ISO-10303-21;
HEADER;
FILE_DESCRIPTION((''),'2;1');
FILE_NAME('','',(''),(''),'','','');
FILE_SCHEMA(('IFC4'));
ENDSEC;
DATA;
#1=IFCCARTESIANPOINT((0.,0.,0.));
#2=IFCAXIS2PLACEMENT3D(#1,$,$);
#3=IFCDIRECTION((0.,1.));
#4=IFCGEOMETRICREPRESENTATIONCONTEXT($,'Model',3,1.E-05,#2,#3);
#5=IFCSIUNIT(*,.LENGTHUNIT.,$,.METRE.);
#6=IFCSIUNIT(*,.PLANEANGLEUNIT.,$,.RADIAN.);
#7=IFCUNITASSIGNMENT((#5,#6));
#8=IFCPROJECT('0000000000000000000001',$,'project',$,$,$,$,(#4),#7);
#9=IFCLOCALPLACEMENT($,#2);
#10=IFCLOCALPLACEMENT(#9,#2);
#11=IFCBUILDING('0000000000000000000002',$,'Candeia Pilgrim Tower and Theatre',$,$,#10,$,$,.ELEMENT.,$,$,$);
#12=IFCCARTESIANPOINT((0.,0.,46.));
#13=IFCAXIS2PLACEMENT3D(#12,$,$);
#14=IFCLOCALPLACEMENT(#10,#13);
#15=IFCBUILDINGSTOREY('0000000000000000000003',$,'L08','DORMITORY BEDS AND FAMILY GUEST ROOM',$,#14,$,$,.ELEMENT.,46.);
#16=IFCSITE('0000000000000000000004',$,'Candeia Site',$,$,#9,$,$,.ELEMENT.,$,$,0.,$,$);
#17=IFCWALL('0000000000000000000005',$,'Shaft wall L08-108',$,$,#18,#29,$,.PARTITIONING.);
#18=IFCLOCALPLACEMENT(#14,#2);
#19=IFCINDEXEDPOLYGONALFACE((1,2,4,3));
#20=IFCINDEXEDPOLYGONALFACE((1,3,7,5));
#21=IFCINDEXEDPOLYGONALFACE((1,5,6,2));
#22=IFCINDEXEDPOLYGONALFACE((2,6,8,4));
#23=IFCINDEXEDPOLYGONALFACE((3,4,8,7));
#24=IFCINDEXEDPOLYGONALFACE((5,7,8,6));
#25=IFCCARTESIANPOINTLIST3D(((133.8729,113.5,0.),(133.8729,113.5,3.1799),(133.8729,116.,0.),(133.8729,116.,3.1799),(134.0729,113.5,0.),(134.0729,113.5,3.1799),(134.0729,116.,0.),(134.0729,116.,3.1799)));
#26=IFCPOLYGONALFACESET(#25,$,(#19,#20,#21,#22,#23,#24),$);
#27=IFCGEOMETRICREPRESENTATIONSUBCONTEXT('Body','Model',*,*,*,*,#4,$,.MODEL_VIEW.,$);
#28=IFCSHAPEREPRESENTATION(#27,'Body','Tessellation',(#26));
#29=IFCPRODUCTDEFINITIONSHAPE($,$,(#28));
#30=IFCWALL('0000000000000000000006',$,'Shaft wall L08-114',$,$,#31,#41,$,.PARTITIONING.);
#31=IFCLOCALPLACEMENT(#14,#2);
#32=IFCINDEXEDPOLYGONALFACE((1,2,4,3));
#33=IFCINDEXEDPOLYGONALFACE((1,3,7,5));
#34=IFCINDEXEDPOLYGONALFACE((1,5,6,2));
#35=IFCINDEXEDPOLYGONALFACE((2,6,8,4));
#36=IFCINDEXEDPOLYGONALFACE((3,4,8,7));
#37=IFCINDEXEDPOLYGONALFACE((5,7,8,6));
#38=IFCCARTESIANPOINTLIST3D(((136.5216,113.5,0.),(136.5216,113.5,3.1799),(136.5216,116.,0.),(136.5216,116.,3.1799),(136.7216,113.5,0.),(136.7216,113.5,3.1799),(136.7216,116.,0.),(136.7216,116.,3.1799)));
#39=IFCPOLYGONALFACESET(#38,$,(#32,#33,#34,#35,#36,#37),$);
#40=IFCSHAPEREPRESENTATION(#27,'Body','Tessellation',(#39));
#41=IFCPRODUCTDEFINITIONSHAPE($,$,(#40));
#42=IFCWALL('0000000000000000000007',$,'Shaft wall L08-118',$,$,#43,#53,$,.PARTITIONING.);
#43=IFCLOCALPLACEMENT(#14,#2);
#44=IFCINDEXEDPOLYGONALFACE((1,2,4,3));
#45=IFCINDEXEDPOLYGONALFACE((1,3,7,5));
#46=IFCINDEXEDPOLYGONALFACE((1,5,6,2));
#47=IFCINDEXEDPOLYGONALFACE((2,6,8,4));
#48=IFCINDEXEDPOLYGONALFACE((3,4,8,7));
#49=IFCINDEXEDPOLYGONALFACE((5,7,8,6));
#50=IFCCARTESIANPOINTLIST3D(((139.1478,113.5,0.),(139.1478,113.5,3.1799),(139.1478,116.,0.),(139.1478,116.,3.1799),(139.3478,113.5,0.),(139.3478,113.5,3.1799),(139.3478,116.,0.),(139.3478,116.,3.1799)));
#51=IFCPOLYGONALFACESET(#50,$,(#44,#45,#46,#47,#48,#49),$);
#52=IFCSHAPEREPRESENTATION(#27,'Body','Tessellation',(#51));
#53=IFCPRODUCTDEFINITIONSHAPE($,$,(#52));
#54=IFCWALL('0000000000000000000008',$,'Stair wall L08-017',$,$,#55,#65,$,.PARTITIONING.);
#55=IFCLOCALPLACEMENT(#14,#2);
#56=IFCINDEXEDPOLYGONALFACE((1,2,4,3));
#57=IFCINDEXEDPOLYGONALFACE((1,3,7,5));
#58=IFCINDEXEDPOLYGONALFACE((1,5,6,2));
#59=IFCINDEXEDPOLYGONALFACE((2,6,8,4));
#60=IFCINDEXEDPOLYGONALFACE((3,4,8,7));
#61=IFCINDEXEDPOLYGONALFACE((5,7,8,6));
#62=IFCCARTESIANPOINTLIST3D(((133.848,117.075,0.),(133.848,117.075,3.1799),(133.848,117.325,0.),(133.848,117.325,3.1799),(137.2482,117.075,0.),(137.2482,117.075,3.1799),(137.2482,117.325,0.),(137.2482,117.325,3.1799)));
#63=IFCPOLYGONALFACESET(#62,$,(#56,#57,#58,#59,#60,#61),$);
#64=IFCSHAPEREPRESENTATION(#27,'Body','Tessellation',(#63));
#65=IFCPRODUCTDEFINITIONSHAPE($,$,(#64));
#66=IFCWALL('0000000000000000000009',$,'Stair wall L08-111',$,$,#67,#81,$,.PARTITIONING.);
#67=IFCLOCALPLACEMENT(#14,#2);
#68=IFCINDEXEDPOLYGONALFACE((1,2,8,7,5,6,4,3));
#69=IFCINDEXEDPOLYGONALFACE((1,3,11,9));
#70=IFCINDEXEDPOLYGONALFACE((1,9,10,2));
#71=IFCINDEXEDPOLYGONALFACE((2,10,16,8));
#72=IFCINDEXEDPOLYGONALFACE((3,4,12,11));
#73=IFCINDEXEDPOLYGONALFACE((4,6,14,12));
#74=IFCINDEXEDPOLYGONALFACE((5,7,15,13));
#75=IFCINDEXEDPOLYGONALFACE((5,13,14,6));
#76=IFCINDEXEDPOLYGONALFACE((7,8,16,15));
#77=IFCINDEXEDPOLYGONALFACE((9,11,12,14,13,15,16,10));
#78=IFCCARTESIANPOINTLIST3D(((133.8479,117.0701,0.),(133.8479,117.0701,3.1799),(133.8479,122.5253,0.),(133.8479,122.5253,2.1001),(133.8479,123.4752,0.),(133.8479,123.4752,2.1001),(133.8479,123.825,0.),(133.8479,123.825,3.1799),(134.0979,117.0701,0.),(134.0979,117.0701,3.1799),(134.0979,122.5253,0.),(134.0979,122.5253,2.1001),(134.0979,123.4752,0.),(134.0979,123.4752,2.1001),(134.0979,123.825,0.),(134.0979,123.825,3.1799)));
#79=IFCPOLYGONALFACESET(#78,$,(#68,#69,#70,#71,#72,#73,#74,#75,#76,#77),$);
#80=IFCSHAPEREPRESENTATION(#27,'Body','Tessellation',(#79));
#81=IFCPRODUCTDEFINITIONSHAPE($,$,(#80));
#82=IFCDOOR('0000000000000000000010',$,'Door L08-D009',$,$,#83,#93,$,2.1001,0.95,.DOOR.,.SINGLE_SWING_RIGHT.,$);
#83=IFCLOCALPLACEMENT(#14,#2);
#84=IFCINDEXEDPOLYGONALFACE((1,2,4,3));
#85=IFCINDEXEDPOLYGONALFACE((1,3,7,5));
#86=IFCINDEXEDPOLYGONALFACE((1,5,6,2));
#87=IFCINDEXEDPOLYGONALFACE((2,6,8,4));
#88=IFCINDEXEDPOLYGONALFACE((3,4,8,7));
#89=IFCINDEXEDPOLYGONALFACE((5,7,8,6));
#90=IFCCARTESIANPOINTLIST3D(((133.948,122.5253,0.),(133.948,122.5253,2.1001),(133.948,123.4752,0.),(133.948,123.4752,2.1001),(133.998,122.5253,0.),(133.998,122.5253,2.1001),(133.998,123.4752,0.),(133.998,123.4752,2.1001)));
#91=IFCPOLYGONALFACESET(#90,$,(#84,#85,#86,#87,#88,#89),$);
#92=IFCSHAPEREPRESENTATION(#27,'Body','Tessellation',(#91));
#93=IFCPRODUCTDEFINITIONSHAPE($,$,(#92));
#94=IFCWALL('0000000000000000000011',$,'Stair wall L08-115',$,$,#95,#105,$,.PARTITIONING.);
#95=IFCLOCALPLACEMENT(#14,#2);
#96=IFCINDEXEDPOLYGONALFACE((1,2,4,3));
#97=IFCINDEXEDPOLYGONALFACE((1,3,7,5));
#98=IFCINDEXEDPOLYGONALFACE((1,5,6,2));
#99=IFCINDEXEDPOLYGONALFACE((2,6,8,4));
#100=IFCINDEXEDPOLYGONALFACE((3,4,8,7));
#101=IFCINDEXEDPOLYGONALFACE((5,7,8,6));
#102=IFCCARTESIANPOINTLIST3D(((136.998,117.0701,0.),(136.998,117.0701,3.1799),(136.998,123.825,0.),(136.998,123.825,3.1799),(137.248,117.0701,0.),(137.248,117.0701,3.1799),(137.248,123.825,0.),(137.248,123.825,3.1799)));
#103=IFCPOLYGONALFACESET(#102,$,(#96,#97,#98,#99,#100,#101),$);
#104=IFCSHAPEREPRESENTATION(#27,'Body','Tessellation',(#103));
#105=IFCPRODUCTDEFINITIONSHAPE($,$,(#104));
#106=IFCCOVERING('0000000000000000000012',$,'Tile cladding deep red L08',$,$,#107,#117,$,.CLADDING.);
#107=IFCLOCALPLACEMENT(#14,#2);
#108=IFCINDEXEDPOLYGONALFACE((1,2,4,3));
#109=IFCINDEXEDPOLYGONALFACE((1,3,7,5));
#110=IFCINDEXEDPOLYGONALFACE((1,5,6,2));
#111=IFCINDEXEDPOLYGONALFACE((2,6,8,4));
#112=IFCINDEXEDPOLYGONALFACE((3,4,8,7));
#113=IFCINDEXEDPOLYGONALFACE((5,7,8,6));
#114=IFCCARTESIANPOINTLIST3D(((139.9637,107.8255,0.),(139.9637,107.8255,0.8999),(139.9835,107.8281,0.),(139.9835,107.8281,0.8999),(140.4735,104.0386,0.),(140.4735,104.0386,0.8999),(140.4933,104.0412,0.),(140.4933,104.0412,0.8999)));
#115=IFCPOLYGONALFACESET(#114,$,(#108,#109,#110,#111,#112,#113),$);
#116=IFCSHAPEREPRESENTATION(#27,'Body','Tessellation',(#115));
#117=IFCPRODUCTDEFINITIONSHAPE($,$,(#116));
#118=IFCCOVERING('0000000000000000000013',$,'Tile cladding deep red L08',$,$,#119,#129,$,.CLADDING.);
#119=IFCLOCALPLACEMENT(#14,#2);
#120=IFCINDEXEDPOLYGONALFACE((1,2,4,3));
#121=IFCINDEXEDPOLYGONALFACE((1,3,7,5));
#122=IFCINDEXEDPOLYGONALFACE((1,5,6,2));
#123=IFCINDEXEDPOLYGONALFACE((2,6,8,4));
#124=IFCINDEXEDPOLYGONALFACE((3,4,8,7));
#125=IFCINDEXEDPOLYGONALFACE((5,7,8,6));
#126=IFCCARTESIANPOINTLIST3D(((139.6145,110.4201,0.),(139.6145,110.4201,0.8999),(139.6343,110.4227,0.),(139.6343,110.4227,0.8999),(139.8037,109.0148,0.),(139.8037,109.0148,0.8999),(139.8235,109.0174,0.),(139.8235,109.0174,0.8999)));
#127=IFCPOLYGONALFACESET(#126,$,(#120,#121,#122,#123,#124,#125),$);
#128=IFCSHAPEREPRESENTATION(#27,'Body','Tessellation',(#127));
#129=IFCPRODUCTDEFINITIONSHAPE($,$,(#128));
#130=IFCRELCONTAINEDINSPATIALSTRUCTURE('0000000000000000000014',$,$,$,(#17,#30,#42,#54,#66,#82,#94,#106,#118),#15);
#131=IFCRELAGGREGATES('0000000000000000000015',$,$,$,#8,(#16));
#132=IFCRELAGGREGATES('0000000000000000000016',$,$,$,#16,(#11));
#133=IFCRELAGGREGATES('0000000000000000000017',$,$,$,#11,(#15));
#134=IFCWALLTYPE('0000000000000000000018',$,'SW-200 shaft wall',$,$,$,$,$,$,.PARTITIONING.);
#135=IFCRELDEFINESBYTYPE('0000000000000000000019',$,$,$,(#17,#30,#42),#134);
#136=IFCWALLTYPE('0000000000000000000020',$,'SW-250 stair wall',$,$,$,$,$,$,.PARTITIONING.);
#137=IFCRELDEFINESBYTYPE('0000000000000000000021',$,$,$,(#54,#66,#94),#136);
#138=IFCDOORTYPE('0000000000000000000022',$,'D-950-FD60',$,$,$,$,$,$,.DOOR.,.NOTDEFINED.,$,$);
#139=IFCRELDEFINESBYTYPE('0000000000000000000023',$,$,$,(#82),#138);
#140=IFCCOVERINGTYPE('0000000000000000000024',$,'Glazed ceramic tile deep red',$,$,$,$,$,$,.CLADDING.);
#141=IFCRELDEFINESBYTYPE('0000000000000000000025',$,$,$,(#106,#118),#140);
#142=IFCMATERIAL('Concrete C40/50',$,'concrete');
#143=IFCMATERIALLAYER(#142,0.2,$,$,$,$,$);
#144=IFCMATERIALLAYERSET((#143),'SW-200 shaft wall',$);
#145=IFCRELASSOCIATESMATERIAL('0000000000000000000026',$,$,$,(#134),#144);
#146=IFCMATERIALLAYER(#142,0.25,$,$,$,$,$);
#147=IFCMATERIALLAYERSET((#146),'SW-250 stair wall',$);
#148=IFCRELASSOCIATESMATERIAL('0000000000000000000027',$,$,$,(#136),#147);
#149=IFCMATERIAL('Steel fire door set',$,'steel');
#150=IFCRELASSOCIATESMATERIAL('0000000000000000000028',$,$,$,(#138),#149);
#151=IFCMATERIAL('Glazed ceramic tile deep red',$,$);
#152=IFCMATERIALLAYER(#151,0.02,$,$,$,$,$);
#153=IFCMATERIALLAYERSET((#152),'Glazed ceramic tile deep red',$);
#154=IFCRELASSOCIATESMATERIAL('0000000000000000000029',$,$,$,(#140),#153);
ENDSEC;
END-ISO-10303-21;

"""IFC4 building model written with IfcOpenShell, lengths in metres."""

from ifc_helpers import new_model, si_unit, direction, frame, frame_2d, origin, origin_2d, place, context, subcontext, project, spatial, rectangle, extrude, material, layer, layer_set, type_object, element, fill, save


model = new_model("IFC4")

# Units and contexts
model_context = context("Model", 3, precision=1e-05, world=origin(), true_north=direction((0.0, 1.0)))
body_context = subcontext(model_context, "Body", "Model", "MODEL_VIEW")
ifc_project = project(units=[si_unit("LENGTHUNIT", "METRE"), si_unit("PLANEANGLEUNIT", "RADIAN")], contexts=[model_context])

# Site, building, storey
site_placement = place(None, origin())
site = spatial("IfcSite", under=ifc_project, at=site_placement, Name="Candeia Site", CompositionType="ELEMENT", RefElevation=0.0)
building_placement = place(site_placement, origin())
building = spatial("IfcBuilding", under=site, at=building_placement, Name="Candeia Pilgrim Tower and Theatre", CompositionType="ELEMENT")
storey_placement = place(building_placement, frame((0.0, 0.0, 46.0)))
storey = spatial("IfcBuildingStorey", under=building, at=storey_placement, Name="L08", Description="DORMITORY BEDS AND FAMILY GUEST ROOM", CompositionType="ELEMENT", Elevation=46.0)

# Shared definitions
ifc_material_1 = material(Name="Steel fire door set", Category="steel")

# Shared definitions
ifc_material_2 = material(Name="Concrete C40/50", Category="concrete")
ifc_layer_1 = layer(ifc_material_2, 0.2)
ifc_layer_set_1 = layer_set([ifc_layer_1], Name="SW-200 shaft wall")
wall_type_1 = type_object("IfcWallType", Name="SW-200 shaft wall", PredefinedType="PARTITIONING", material=ifc_layer_set_1)

# Walls
for number, where, z_axis, x_axis, name in (
    (1, (133.9729, 113.5, 0.0), (0.0, 0.0, 1.0), (0.0, 1.0, 0.0), "Shaft wall L08-108"),
    (2, (136.6216, 113.5, 0.0), (0.0, 0.0, 1.0), (0.0, 1.0, 0.0), "Shaft wall L08-114"),
    (3, (139.2478, 113.5, 0.0), (0.0, 0.0, 1.0), (0.0, 1.0, 0.0), "Shaft wall L08-118"),
):
    element("IfcWall", number, at=place(storey_placement, frame(where, z_axis=z_axis, x_axis=x_axis)), inside=storey, type_object=wall_type_1, Name=name, PredefinedType="PARTITIONING", context=body_context, shape_type="SweptSolid", body=[
        extrude(rectangle(XDim=2.5, YDim=0.2, at=frame_2d((1.25, 0.0))), origin(), (0.0, 0.0, 1.0), 3.1799),
    ])
ifc_layer_2 = layer(ifc_material_2, 0.25)
ifc_layer_set_2 = layer_set([ifc_layer_2], Name="SW-250 stair wall")
wall_type_2 = type_object("IfcWallType", Name="SW-250 stair wall", PredefinedType="PARTITIONING", material=ifc_layer_set_2)
wall_1_placement = place(storey_placement, frame((133.8479, 117.2, 0.0), z_axis=(0.0, 0.0, 1.0), x_axis=(1.0, 0.0, 0.0)))
element("IfcWall", 4, at=wall_1_placement, inside=storey, type_object=wall_type_2, Name="Stair wall L08-017", PredefinedType="PARTITIONING", context=body_context, shape_type="SweptSolid", body=[
    extrude(rectangle(XDim=3.4001, YDim=0.25, at=frame_2d((1.7002, 0.0))), origin(), (0.0, 0.0, 1.0), 3.1799),
])

# Wall, opening, door
wall_2_placement = place(storey_placement, frame((133.9729, 117.0701, 0.0), z_axis=(0.0, 0.0, 1.0), x_axis=(0.0, 1.0, 0.0)))
wall_2 = element("IfcWall", 5, at=wall_2_placement, inside=storey, type_object=wall_type_2, Name="Stair wall L08-111", PredefinedType="PARTITIONING", context=body_context, shape_type="SweptSolid", body=[
    extrude(rectangle(XDim=6.7549, YDim=0.25, at=frame_2d((3.3774, 0.0))), origin(), (0.0, 0.0, 1.0), 3.1799),
])
opening_1_placement = place(wall_2_placement, frame((5.4551, 0.0, 0.0)))
opening_1 = element("IfcOpeningElement", 6, at=opening_1_placement, cuts=wall_2, PredefinedType="OPENING", context=body_context, shape_type="SweptSolid", body=[
    extrude(rectangle(XDim=0.95, YDim=2.1001, at=frame_2d((0.4751, 1.05))), frame((0.0, 0.135, 0.0), z_axis=(0.0, -1.0, 0.0), x_axis=(1.0, 0.0, 0.0)), (0.0, 0.0, 1.0), 0.27),
])
door_type_1 = type_object("IfcDoorType", Name="D-950-FD60", OperationType="NOTDEFINED", PredefinedType="DOOR", material=ifc_material_1)
door_1_placement = place(opening_1_placement, origin())
door_1 = element("IfcDoor", 7, at=door_1_placement, inside=storey, type_object=door_type_1, Name="Door L08-D009", OperationType="SINGLE_SWING_RIGHT", OverallHeight=2.1001, OverallWidth=0.95, PredefinedType="DOOR", context=body_context, shape_type="SweptSolid", body=[
    extrude(rectangle(XDim=0.95, YDim=2.1001, at=frame_2d((0.4751, 1.05))), frame((0.0, 0.0249, 0.0), z_axis=(0.0, -1.0, 0.0), x_axis=(1.0, 0.0, 0.0)), (0.0, 0.0, 1.0), 0.05),
])
fill(opening_1, door_1)

# Wall
wall_3_placement = place(storey_placement, frame((137.123, 117.0701, 0.0), z_axis=(0.0, 0.0, 1.0), x_axis=(0.0, 1.0, 0.0)))
element("IfcWall", 8, at=wall_3_placement, inside=storey, type_object=wall_type_2, Name="Stair wall L08-115", PredefinedType="PARTITIONING", context=body_context, shape_type="SweptSolid", body=[
    extrude(rectangle(XDim=6.7549, YDim=0.25, at=frame_2d((3.3774, 0.0))), origin(), (0.0, 0.0, 1.0), 3.1799),
])

# Coverings
ifc_material_3 = material(Name="Glazed ceramic tile deep red")
ifc_layer_3 = layer(ifc_material_3, 0.02)
ifc_layer_set_3 = layer_set([ifc_layer_3], Name="Glazed ceramic tile deep red")
covering_type = type_object("IfcCoveringType", Name="Glazed ceramic tile deep red", PredefinedType="CLADDING", material=ifc_layer_set_3)
covering_1_placement = place(storey_placement, frame((140.2285, 105.9333, 0.0), z_axis=(0.0, 0.0, 1.0), x_axis=(-0.133412, 0.991061, 0.0)))
element("IfcCovering", 9, at=covering_1_placement, inside=storey, type_object=covering_type, Name="Tile cladding deep red L08", PredefinedType="CLADDING", context=body_context, shape_type="SweptSolid", body=[
    extrude(rectangle(XDim=3.821, YDim=0.02, at=origin_2d()), origin(), (0.0, 0.0, 1.0), 0.8999),
])
covering_2_placement = place(storey_placement, frame((139.719, 109.7188, 0.0), z_axis=(0.0, 0.0, 1.0), x_axis=(-0.133412, 0.991061, 0.0)))
element("IfcCovering", 10, at=covering_2_placement, inside=storey, type_object=covering_type, Name="Tile cladding deep red L08", PredefinedType="CLADDING", context=body_context, shape_type="SweptSolid", body=[
    extrude(rectangle(XDim=1.418, YDim=0.02, at=origin_2d()), origin(), (0.0, 0.0, 1.0), 0.8999),
])

save(model, "model.ifc")
